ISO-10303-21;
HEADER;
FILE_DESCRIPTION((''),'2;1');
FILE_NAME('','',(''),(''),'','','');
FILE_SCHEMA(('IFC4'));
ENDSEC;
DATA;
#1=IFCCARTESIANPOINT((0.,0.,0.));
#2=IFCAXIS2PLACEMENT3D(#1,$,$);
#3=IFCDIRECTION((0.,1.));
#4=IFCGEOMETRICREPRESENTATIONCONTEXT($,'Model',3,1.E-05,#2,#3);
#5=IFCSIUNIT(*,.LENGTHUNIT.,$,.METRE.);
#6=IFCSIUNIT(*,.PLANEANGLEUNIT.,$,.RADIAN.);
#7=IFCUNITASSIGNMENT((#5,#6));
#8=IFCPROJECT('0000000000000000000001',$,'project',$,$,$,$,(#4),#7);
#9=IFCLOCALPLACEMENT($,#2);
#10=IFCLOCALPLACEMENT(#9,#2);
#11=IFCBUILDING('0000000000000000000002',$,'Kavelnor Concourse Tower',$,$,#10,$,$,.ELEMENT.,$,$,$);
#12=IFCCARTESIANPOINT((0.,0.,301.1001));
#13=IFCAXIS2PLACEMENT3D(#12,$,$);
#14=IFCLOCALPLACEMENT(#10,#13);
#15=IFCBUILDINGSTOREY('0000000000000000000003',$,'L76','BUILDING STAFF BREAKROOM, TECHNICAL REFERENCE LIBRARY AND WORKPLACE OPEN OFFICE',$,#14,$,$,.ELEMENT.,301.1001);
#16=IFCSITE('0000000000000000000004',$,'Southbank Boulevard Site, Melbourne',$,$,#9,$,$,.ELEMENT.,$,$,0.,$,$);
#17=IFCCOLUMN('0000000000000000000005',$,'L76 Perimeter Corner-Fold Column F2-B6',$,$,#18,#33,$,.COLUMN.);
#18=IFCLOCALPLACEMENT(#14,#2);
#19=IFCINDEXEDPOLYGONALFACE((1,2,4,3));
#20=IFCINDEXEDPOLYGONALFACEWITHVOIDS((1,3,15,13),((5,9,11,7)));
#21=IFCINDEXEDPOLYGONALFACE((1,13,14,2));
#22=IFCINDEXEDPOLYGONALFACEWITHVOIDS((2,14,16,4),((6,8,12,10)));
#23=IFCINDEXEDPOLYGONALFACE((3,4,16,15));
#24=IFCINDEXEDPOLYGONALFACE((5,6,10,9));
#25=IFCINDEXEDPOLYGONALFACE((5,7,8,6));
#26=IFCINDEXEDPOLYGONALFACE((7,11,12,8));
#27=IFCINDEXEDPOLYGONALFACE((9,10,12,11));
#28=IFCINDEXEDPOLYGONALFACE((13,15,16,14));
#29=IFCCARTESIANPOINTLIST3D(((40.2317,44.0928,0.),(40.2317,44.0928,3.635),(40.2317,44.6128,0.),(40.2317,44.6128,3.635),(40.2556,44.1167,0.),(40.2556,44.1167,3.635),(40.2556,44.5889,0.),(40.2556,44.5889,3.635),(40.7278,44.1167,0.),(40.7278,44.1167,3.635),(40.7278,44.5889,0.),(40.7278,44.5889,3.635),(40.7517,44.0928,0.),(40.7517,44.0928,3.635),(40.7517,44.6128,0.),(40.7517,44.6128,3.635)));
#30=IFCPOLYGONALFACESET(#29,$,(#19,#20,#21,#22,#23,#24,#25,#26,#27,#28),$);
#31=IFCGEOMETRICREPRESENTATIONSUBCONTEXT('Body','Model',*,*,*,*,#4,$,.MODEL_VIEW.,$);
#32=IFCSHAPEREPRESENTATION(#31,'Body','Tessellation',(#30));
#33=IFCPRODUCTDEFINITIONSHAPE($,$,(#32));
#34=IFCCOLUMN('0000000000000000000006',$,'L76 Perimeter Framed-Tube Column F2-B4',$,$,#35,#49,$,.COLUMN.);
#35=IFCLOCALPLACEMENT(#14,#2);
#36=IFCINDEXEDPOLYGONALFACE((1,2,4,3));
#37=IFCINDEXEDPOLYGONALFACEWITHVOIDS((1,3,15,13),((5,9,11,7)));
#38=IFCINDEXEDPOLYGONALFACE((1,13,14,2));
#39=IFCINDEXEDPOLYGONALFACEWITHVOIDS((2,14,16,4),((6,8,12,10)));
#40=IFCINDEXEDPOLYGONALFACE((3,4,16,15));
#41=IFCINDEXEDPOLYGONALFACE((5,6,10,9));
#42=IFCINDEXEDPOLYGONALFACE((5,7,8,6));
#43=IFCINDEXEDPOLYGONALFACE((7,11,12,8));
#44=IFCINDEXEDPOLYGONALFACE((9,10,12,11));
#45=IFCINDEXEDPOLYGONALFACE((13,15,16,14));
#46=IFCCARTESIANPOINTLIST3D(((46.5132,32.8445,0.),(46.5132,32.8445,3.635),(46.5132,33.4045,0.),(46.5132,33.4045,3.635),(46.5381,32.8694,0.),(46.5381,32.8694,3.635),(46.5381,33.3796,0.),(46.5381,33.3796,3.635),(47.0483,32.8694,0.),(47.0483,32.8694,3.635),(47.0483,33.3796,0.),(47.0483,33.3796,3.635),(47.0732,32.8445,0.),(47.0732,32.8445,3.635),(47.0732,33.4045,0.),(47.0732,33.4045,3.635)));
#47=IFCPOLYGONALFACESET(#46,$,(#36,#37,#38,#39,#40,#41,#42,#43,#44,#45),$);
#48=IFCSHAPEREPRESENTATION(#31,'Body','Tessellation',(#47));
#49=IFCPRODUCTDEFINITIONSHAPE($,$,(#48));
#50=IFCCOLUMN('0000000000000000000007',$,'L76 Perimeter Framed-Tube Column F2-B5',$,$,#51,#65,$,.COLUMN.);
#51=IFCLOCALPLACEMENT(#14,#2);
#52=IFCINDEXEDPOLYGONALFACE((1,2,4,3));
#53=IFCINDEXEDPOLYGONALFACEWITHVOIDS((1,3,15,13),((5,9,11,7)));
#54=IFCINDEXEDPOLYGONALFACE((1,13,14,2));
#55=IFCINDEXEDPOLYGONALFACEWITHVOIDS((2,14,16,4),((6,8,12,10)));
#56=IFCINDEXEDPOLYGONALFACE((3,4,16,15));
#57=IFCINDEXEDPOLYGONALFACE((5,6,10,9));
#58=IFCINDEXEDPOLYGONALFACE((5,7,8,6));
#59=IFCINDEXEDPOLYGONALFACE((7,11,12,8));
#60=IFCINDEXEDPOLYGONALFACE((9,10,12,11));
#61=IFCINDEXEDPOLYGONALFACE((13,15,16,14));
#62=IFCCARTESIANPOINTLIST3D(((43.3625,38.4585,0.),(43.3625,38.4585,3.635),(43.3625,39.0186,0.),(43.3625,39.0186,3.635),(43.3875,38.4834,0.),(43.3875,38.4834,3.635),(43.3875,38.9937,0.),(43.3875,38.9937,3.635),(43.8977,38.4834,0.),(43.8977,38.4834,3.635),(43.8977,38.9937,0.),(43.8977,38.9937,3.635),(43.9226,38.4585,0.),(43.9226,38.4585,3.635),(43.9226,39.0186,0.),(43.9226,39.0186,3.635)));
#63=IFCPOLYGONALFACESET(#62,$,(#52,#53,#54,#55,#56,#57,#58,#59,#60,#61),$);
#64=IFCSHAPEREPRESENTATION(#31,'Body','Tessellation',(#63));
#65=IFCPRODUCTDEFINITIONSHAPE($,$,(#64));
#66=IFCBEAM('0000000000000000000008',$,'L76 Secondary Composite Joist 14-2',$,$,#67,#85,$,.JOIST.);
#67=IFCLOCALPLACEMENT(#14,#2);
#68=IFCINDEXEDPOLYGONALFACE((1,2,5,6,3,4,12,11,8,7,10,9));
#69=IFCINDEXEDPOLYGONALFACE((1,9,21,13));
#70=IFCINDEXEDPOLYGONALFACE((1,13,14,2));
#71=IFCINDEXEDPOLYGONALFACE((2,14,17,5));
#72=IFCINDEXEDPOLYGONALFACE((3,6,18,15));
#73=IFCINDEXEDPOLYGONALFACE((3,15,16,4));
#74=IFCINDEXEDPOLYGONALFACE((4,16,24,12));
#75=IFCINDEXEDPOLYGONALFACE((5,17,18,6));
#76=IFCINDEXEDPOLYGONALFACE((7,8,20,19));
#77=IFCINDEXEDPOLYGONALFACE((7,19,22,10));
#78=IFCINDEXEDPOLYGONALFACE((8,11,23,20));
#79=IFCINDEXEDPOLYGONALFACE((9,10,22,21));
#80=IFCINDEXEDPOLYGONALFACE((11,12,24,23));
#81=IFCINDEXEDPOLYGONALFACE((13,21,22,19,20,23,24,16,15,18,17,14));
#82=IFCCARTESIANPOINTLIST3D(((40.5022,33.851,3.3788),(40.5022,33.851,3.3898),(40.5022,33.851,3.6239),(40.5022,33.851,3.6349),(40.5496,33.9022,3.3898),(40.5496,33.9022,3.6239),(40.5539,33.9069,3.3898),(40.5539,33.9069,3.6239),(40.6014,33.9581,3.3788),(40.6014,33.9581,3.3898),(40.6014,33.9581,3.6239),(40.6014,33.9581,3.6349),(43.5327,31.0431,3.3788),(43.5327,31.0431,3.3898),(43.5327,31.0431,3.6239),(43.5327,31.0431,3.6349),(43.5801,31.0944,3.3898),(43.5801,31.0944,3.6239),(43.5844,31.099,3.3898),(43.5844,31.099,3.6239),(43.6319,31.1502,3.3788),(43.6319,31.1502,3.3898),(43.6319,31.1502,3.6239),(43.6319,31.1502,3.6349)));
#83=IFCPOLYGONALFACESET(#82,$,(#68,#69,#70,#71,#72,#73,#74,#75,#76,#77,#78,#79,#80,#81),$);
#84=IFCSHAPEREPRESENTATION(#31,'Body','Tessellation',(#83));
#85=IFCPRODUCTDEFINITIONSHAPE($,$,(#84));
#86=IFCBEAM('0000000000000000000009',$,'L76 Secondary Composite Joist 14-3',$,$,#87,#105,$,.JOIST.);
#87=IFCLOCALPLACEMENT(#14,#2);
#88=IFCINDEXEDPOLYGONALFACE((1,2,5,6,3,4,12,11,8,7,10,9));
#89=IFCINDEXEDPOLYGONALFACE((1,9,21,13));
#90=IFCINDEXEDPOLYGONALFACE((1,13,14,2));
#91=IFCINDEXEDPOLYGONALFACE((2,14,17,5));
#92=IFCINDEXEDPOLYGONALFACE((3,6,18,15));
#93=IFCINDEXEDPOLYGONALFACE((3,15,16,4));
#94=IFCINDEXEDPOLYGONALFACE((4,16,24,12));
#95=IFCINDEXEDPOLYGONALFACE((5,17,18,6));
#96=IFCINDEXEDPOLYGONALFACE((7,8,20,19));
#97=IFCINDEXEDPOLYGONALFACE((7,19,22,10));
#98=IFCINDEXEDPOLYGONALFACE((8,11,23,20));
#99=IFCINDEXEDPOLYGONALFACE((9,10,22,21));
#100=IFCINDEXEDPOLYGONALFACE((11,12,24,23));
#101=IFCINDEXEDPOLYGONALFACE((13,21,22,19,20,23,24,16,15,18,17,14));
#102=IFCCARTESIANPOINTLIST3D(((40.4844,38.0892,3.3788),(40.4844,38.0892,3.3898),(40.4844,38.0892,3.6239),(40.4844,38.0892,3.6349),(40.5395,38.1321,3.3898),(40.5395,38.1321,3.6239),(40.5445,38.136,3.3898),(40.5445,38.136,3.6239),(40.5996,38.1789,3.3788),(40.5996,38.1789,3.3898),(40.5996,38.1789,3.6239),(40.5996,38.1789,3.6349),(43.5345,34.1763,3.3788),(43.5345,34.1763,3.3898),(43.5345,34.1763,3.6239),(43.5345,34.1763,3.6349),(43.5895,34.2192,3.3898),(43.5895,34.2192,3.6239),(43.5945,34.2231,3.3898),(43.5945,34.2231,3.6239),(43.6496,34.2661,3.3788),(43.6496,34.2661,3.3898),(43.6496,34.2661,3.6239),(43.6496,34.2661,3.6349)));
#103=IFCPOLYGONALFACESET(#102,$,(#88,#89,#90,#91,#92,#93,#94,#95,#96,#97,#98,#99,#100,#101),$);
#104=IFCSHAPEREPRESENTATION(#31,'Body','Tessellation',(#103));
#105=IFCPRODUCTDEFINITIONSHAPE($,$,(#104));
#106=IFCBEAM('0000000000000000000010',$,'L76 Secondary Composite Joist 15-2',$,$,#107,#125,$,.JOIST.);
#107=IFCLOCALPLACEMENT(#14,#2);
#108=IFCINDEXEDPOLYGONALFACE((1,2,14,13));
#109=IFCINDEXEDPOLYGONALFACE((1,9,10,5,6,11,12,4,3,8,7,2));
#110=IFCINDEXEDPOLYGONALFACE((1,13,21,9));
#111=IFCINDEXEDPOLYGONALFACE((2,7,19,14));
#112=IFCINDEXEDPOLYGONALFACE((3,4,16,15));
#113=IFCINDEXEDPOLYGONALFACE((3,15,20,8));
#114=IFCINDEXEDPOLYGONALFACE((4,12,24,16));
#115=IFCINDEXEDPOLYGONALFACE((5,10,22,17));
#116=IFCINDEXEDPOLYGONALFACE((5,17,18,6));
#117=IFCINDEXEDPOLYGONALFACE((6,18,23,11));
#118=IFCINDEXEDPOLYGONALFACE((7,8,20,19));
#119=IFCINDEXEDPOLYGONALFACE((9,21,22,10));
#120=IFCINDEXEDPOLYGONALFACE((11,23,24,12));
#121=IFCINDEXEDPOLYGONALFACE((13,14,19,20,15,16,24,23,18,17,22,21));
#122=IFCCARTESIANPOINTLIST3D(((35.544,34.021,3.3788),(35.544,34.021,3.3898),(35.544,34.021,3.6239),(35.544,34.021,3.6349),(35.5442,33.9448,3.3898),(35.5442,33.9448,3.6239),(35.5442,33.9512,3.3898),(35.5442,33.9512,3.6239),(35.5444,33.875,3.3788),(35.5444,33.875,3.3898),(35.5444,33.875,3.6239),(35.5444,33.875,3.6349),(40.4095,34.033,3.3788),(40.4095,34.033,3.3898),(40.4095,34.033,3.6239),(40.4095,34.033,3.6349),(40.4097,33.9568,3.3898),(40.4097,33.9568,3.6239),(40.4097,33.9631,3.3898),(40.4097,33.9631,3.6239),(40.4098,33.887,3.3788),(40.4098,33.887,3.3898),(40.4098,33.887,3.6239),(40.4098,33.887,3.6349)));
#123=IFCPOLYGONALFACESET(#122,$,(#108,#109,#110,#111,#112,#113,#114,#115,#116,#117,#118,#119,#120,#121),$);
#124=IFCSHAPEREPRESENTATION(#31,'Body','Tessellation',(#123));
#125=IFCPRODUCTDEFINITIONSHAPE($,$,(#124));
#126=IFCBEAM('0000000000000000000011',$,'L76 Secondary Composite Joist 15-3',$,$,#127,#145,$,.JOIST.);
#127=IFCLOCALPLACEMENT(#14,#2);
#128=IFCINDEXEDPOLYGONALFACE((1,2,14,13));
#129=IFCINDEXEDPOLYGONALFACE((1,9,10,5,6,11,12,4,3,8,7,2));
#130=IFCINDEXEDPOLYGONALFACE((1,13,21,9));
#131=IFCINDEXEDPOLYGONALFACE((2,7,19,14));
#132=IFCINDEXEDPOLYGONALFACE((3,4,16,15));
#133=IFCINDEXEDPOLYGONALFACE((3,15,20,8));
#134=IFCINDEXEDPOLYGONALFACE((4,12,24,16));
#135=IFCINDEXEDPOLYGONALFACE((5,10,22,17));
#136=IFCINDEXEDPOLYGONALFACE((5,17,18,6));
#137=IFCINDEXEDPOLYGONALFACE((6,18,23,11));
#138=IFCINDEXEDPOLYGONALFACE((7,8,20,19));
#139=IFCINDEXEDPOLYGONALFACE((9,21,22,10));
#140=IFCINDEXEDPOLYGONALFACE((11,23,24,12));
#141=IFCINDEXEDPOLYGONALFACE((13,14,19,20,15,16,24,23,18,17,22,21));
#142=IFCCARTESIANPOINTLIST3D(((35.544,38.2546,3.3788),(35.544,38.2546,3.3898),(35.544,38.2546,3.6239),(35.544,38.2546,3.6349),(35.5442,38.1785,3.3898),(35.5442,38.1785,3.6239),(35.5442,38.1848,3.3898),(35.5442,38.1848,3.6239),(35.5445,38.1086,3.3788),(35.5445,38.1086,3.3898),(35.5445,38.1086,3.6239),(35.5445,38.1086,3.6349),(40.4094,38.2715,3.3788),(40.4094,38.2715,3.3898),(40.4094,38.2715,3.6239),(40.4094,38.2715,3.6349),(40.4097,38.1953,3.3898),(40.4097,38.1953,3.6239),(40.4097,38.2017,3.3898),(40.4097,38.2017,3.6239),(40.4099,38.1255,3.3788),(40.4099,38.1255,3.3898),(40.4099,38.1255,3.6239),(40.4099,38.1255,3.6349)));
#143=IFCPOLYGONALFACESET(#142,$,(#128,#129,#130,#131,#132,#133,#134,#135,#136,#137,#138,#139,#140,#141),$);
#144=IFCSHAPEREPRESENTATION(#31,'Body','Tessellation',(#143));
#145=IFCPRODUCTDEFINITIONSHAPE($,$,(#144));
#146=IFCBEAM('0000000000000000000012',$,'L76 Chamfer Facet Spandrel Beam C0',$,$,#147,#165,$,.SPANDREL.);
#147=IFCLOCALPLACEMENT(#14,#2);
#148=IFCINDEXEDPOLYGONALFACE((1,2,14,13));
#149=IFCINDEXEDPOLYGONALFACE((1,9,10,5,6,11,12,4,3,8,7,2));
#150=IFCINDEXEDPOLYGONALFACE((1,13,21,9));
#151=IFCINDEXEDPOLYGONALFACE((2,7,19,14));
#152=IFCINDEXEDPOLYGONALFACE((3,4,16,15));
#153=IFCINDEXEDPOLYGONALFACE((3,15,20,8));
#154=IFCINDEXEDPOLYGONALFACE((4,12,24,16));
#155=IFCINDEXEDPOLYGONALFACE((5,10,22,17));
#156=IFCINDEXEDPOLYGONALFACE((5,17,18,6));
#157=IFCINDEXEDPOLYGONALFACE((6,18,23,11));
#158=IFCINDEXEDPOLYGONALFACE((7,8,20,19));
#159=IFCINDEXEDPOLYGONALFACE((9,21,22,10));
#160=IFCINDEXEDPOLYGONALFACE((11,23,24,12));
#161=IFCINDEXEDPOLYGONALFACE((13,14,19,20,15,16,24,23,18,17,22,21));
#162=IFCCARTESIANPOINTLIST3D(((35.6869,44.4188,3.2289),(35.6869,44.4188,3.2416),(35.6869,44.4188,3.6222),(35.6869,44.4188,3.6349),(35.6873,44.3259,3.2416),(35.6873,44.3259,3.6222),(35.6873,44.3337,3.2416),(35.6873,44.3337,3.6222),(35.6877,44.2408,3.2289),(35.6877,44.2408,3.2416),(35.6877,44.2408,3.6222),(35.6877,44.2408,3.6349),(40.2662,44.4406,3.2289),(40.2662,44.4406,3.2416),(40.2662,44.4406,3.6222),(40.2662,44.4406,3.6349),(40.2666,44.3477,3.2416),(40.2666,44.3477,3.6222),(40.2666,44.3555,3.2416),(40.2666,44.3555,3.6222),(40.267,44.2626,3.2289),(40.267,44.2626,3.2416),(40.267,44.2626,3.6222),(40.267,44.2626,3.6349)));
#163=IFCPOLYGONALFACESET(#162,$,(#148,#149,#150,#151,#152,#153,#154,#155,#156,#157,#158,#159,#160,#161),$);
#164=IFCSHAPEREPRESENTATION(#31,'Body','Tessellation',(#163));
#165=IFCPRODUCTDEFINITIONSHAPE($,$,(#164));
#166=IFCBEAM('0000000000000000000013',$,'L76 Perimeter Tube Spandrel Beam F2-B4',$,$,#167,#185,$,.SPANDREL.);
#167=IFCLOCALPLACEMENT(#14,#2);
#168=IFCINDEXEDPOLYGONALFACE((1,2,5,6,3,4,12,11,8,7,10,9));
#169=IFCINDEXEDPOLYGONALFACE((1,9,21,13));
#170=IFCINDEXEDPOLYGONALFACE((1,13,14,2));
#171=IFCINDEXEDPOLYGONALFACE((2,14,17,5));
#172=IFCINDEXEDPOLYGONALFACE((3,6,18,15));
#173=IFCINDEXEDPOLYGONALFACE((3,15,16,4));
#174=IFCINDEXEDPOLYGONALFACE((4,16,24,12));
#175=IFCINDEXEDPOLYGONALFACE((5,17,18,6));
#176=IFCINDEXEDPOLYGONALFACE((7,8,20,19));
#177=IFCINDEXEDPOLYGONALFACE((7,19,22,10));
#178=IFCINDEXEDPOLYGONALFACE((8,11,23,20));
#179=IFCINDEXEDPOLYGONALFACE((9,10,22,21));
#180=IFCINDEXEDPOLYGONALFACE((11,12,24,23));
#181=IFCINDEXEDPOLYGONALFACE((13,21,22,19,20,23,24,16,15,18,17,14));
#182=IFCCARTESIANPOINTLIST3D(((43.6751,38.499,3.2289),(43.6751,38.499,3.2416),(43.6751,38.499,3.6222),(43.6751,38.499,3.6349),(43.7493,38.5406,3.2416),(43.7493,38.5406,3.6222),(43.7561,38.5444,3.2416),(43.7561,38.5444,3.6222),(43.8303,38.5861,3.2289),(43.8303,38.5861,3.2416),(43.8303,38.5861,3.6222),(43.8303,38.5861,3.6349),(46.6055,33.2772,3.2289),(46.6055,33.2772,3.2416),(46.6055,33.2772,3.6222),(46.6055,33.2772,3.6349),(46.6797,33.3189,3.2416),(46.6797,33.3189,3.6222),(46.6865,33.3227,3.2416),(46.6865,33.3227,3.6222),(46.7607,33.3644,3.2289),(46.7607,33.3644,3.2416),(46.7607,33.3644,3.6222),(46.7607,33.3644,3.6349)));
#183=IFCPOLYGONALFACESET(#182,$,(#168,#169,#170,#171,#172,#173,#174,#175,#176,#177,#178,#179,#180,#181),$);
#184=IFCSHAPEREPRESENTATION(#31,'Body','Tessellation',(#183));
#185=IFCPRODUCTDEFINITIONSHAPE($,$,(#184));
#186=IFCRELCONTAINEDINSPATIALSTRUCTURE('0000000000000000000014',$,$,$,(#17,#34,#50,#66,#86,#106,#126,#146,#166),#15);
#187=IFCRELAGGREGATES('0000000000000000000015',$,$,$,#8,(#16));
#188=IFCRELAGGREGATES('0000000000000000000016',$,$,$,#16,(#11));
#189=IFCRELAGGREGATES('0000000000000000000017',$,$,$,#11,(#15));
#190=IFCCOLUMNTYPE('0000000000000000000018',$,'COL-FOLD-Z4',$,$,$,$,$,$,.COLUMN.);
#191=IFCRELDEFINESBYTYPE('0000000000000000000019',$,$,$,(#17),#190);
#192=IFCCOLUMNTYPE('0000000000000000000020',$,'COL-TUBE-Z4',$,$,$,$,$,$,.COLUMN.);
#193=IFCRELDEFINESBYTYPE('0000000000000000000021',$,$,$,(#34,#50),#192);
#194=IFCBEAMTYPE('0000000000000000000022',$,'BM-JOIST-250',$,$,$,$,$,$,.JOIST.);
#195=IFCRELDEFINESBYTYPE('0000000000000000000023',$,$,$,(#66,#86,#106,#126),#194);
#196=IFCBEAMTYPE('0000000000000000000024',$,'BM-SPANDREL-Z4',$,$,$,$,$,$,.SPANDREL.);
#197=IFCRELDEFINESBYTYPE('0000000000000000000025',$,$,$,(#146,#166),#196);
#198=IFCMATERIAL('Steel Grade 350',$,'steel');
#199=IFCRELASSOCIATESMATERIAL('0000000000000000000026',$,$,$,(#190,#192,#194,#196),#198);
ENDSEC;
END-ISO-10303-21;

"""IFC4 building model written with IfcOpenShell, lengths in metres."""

from ifc_helpers import new_model, si_unit, direction, frame, origin, origin_2d, place, context, subcontext, project, spatial, hollow_rectangle, i_section, extrude, material, material_profile, profile_set, type_object, element, save


model = new_model("IFC4")

# Units and contexts
model_context = context("Model", 3, precision=1e-05, world=origin(), true_north=direction((0.0, 1.0)))
body_context = subcontext(model_context, "Body", "Model", "MODEL_VIEW")
ifc_project = project(units=[si_unit("LENGTHUNIT", "METRE"), si_unit("PLANEANGLEUNIT", "RADIAN")], contexts=[model_context])

# Site, building, storey
site_placement = place(None, origin())
site = spatial("IfcSite", under=ifc_project, at=site_placement, Name="Southbank Boulevard Site, Melbourne", CompositionType="ELEMENT", RefElevation=0.0)
building_placement = place(site_placement, origin())
building = spatial("IfcBuilding", under=site, at=building_placement, Name="Kavelnor Concourse Tower", CompositionType="ELEMENT")
storey_placement = place(building_placement, frame((0.0, 0.0, 301.1001)))
storey = spatial("IfcBuildingStorey", under=building, at=storey_placement, Name="L76", Description="BUILDING STAFF BREAKROOM, TECHNICAL REFERENCE LIBRARY AND WORKPLACE OPEN OFFICE", CompositionType="ELEMENT", Elevation=301.1001)

# Columns
ifc_material_1 = material(Name="Steel Grade 350", Category="steel")
ifc_material_profile_1 = material_profile(ifc_material_1, hollow_rectangle(XDim=0.52, YDim=0.52, WallThickness=0.0239, at=origin_2d()), Name="SHS 520x520x24")
ifc_profile_set_1 = profile_set([ifc_material_profile_1], Name="Steel Grade 350")
column_type_1 = type_object("IfcColumnType", Name="COL-FOLD-Z4", PredefinedType="COLUMN", material=ifc_profile_set_1)
column_placement = place(storey_placement, frame((40.4917, 44.3528, 0.0), z_axis=(0.0, 0.0, 1.0), x_axis=(1.0, 0.0, 0.0)))
element("IfcColumn", 1, at=column_placement, inside=storey, type_object=column_type_1, Name="L76 Perimeter Corner-Fold Column F2-B6", PredefinedType="COLUMN", context=body_context, shape_type="SweptSolid", body=[
    extrude(hollow_rectangle(XDim=0.52, YDim=0.52, WallThickness=0.0239, at=origin_2d()), origin(), (0.0, 0.0, 1.0), 3.635),
])
ifc_material_profile_2 = material_profile(ifc_material_1, hollow_rectangle(XDim=0.5601, YDim=0.5601, WallThickness=0.0249, at=origin_2d()), Name="SHS 560x560x25")
ifc_profile_set_2 = profile_set([ifc_material_profile_2], Name="Steel Grade 350")
column_type_2 = type_object("IfcColumnType", Name="COL-TUBE-Z4", PredefinedType="COLUMN", material=ifc_profile_set_2)
for number, where, z_axis, x_axis, name in (
    (2, (46.7932, 33.1245, 0.0), (0.0, 0.0, 1.0), (1.0, 0.0, 0.0), "L76 Perimeter Framed-Tube Column F2-B4"),
    (3, (43.6426, 38.7385, 0.0), (0.0, 0.0, 1.0), (1.0, 0.0, 0.0), "L76 Perimeter Framed-Tube Column F2-B5"),
):
    element("IfcColumn", number, at=place(storey_placement, frame(where, z_axis=z_axis, x_axis=x_axis)), inside=storey, type_object=column_type_2, Name=name, PredefinedType="COLUMN", context=body_context, shape_type="SweptSolid", body=[
        extrude(hollow_rectangle(XDim=0.5601, YDim=0.5601, WallThickness=0.0249, at=origin_2d()), origin(), (0.0, 0.0, 1.0), 3.635),
    ])

# Beams
ifc_material_profile_3 = material_profile(ifc_material_1, i_section(OverallWidth=0.146, OverallDepth=0.2561, WebThickness=0.0063, FlangeThickness=0.011, at=origin_2d()), Name="250UB37")
ifc_profile_set_3 = profile_set([ifc_material_profile_3], Name="Steel Grade 350")
beam_type_1 = type_object("IfcBeamType", Name="BM-JOIST-250", PredefinedType="JOIST", material=ifc_profile_set_3)
beam_1_placement = place(storey_placement, frame((43.5823, 31.0967, 3.5068), z_axis=(-0.73354, 0.679646, 0.0), x_axis=(-0.679646, -0.73354, 0.0)))
element("IfcBeam", 4, at=beam_1_placement, inside=storey, type_object=beam_type_1, Name="L76 Secondary Composite Joist 14-2", PredefinedType="JOIST", context=body_context, shape_type="SweptSolid", body=[
    extrude(i_section(OverallWidth=0.146, OverallDepth=0.2561, WebThickness=0.0063, FlangeThickness=0.011, at=origin_2d()), origin(), (0.0, 0.0, 1.0), 4.1313),
])
beam_2_placement = place(storey_placement, frame((43.592, 34.2212, 3.5068), z_axis=(-0.614785, 0.788695, 0.0), x_axis=(-0.788695, -0.614785, 0.0)))
element("IfcBeam", 5, at=beam_2_placement, inside=storey, type_object=beam_type_1, Name="L76 Secondary Composite Joist 14-3", PredefinedType="JOIST", context=body_context, shape_type="SweptSolid", body=[
    extrude(i_section(OverallWidth=0.146, OverallDepth=0.2561, WebThickness=0.0063, FlangeThickness=0.011, at=origin_2d()), origin(), (0.0, 0.0, 1.0), 4.9612),
])
for number, where, z_axis, x_axis, name in (
    (6, (40.4097, 33.96, 3.5068), (-0.999997, -0.002459, 0.0), (0.002459, -0.999997, 0.0), "L76 Secondary Composite Joist 15-2"),
    (7, (40.4097, 38.1985, 3.5068), (-0.999994, -0.003462, 0.0), (0.003462, -0.999994, 0.0), "L76 Secondary Composite Joist 15-3"),
):
    element("IfcBeam", number, at=place(storey_placement, frame(where, z_axis=z_axis, x_axis=x_axis)), inside=storey, type_object=beam_type_1, Name=name, PredefinedType="JOIST", context=body_context, shape_type="SweptSolid", body=[
        extrude(i_section(OverallWidth=0.146, OverallDepth=0.2561, WebThickness=0.0063, FlangeThickness=0.011, at=origin_2d()), origin(), (0.0, 0.0, 1.0), 4.8655),
    ])
ifc_material_profile_4 = material_profile(ifc_material_1, i_section(OverallWidth=0.178, OverallDepth=0.406, WebThickness=0.0078, FlangeThickness=0.0127, at=origin_2d()), Name="410UB59")
ifc_profile_set_4 = profile_set([ifc_material_profile_4], Name="Steel Grade 350")
beam_type_2 = type_object("IfcBeamType", Name="BM-SPANDREL-Z4", PredefinedType="SPANDREL", material=ifc_profile_set_4)
beam_3_placement = place(storey_placement, frame((40.2666, 44.3516, 3.4319), z_axis=(-0.999989, -0.004745, 0.0), x_axis=(0.004745, -0.999989, 0.0)))
element("IfcBeam", 8, at=beam_3_placement, inside=storey, type_object=beam_type_2, Name="L76 Chamfer Facet Spandrel Beam C0", PredefinedType="SPANDREL", context=body_context, shape_type="SweptSolid", body=[
    extrude(i_section(OverallWidth=0.178, OverallDepth=0.406, WebThickness=0.0078, FlangeThickness=0.0127, at=origin_2d()), origin(), (0.0, 0.0, 1.0), 4.5793),
])
for number, where, z_axis, x_axis, name in (
    (9, (46.6831, 33.3208, 3.4319), (-0.489401, 0.872059, 0.0), (-0.872059, -0.489401, 0.0), "L76 Perimeter Tube Spandrel Beam F2-B4"),
):
    element("IfcBeam", number, at=place(storey_placement, frame(where, z_axis=z_axis, x_axis=x_axis)), inside=storey, type_object=beam_type_2, Name=name, PredefinedType="SPANDREL", context=body_context, shape_type="SweptSolid", body=[
        extrude(i_section(OverallWidth=0.178, OverallDepth=0.406, WebThickness=0.0078, FlangeThickness=0.0127, at=origin_2d()), origin(), (0.0, 0.0, 1.0), 5.9878),
    ])

save(model, "model.ifc")
